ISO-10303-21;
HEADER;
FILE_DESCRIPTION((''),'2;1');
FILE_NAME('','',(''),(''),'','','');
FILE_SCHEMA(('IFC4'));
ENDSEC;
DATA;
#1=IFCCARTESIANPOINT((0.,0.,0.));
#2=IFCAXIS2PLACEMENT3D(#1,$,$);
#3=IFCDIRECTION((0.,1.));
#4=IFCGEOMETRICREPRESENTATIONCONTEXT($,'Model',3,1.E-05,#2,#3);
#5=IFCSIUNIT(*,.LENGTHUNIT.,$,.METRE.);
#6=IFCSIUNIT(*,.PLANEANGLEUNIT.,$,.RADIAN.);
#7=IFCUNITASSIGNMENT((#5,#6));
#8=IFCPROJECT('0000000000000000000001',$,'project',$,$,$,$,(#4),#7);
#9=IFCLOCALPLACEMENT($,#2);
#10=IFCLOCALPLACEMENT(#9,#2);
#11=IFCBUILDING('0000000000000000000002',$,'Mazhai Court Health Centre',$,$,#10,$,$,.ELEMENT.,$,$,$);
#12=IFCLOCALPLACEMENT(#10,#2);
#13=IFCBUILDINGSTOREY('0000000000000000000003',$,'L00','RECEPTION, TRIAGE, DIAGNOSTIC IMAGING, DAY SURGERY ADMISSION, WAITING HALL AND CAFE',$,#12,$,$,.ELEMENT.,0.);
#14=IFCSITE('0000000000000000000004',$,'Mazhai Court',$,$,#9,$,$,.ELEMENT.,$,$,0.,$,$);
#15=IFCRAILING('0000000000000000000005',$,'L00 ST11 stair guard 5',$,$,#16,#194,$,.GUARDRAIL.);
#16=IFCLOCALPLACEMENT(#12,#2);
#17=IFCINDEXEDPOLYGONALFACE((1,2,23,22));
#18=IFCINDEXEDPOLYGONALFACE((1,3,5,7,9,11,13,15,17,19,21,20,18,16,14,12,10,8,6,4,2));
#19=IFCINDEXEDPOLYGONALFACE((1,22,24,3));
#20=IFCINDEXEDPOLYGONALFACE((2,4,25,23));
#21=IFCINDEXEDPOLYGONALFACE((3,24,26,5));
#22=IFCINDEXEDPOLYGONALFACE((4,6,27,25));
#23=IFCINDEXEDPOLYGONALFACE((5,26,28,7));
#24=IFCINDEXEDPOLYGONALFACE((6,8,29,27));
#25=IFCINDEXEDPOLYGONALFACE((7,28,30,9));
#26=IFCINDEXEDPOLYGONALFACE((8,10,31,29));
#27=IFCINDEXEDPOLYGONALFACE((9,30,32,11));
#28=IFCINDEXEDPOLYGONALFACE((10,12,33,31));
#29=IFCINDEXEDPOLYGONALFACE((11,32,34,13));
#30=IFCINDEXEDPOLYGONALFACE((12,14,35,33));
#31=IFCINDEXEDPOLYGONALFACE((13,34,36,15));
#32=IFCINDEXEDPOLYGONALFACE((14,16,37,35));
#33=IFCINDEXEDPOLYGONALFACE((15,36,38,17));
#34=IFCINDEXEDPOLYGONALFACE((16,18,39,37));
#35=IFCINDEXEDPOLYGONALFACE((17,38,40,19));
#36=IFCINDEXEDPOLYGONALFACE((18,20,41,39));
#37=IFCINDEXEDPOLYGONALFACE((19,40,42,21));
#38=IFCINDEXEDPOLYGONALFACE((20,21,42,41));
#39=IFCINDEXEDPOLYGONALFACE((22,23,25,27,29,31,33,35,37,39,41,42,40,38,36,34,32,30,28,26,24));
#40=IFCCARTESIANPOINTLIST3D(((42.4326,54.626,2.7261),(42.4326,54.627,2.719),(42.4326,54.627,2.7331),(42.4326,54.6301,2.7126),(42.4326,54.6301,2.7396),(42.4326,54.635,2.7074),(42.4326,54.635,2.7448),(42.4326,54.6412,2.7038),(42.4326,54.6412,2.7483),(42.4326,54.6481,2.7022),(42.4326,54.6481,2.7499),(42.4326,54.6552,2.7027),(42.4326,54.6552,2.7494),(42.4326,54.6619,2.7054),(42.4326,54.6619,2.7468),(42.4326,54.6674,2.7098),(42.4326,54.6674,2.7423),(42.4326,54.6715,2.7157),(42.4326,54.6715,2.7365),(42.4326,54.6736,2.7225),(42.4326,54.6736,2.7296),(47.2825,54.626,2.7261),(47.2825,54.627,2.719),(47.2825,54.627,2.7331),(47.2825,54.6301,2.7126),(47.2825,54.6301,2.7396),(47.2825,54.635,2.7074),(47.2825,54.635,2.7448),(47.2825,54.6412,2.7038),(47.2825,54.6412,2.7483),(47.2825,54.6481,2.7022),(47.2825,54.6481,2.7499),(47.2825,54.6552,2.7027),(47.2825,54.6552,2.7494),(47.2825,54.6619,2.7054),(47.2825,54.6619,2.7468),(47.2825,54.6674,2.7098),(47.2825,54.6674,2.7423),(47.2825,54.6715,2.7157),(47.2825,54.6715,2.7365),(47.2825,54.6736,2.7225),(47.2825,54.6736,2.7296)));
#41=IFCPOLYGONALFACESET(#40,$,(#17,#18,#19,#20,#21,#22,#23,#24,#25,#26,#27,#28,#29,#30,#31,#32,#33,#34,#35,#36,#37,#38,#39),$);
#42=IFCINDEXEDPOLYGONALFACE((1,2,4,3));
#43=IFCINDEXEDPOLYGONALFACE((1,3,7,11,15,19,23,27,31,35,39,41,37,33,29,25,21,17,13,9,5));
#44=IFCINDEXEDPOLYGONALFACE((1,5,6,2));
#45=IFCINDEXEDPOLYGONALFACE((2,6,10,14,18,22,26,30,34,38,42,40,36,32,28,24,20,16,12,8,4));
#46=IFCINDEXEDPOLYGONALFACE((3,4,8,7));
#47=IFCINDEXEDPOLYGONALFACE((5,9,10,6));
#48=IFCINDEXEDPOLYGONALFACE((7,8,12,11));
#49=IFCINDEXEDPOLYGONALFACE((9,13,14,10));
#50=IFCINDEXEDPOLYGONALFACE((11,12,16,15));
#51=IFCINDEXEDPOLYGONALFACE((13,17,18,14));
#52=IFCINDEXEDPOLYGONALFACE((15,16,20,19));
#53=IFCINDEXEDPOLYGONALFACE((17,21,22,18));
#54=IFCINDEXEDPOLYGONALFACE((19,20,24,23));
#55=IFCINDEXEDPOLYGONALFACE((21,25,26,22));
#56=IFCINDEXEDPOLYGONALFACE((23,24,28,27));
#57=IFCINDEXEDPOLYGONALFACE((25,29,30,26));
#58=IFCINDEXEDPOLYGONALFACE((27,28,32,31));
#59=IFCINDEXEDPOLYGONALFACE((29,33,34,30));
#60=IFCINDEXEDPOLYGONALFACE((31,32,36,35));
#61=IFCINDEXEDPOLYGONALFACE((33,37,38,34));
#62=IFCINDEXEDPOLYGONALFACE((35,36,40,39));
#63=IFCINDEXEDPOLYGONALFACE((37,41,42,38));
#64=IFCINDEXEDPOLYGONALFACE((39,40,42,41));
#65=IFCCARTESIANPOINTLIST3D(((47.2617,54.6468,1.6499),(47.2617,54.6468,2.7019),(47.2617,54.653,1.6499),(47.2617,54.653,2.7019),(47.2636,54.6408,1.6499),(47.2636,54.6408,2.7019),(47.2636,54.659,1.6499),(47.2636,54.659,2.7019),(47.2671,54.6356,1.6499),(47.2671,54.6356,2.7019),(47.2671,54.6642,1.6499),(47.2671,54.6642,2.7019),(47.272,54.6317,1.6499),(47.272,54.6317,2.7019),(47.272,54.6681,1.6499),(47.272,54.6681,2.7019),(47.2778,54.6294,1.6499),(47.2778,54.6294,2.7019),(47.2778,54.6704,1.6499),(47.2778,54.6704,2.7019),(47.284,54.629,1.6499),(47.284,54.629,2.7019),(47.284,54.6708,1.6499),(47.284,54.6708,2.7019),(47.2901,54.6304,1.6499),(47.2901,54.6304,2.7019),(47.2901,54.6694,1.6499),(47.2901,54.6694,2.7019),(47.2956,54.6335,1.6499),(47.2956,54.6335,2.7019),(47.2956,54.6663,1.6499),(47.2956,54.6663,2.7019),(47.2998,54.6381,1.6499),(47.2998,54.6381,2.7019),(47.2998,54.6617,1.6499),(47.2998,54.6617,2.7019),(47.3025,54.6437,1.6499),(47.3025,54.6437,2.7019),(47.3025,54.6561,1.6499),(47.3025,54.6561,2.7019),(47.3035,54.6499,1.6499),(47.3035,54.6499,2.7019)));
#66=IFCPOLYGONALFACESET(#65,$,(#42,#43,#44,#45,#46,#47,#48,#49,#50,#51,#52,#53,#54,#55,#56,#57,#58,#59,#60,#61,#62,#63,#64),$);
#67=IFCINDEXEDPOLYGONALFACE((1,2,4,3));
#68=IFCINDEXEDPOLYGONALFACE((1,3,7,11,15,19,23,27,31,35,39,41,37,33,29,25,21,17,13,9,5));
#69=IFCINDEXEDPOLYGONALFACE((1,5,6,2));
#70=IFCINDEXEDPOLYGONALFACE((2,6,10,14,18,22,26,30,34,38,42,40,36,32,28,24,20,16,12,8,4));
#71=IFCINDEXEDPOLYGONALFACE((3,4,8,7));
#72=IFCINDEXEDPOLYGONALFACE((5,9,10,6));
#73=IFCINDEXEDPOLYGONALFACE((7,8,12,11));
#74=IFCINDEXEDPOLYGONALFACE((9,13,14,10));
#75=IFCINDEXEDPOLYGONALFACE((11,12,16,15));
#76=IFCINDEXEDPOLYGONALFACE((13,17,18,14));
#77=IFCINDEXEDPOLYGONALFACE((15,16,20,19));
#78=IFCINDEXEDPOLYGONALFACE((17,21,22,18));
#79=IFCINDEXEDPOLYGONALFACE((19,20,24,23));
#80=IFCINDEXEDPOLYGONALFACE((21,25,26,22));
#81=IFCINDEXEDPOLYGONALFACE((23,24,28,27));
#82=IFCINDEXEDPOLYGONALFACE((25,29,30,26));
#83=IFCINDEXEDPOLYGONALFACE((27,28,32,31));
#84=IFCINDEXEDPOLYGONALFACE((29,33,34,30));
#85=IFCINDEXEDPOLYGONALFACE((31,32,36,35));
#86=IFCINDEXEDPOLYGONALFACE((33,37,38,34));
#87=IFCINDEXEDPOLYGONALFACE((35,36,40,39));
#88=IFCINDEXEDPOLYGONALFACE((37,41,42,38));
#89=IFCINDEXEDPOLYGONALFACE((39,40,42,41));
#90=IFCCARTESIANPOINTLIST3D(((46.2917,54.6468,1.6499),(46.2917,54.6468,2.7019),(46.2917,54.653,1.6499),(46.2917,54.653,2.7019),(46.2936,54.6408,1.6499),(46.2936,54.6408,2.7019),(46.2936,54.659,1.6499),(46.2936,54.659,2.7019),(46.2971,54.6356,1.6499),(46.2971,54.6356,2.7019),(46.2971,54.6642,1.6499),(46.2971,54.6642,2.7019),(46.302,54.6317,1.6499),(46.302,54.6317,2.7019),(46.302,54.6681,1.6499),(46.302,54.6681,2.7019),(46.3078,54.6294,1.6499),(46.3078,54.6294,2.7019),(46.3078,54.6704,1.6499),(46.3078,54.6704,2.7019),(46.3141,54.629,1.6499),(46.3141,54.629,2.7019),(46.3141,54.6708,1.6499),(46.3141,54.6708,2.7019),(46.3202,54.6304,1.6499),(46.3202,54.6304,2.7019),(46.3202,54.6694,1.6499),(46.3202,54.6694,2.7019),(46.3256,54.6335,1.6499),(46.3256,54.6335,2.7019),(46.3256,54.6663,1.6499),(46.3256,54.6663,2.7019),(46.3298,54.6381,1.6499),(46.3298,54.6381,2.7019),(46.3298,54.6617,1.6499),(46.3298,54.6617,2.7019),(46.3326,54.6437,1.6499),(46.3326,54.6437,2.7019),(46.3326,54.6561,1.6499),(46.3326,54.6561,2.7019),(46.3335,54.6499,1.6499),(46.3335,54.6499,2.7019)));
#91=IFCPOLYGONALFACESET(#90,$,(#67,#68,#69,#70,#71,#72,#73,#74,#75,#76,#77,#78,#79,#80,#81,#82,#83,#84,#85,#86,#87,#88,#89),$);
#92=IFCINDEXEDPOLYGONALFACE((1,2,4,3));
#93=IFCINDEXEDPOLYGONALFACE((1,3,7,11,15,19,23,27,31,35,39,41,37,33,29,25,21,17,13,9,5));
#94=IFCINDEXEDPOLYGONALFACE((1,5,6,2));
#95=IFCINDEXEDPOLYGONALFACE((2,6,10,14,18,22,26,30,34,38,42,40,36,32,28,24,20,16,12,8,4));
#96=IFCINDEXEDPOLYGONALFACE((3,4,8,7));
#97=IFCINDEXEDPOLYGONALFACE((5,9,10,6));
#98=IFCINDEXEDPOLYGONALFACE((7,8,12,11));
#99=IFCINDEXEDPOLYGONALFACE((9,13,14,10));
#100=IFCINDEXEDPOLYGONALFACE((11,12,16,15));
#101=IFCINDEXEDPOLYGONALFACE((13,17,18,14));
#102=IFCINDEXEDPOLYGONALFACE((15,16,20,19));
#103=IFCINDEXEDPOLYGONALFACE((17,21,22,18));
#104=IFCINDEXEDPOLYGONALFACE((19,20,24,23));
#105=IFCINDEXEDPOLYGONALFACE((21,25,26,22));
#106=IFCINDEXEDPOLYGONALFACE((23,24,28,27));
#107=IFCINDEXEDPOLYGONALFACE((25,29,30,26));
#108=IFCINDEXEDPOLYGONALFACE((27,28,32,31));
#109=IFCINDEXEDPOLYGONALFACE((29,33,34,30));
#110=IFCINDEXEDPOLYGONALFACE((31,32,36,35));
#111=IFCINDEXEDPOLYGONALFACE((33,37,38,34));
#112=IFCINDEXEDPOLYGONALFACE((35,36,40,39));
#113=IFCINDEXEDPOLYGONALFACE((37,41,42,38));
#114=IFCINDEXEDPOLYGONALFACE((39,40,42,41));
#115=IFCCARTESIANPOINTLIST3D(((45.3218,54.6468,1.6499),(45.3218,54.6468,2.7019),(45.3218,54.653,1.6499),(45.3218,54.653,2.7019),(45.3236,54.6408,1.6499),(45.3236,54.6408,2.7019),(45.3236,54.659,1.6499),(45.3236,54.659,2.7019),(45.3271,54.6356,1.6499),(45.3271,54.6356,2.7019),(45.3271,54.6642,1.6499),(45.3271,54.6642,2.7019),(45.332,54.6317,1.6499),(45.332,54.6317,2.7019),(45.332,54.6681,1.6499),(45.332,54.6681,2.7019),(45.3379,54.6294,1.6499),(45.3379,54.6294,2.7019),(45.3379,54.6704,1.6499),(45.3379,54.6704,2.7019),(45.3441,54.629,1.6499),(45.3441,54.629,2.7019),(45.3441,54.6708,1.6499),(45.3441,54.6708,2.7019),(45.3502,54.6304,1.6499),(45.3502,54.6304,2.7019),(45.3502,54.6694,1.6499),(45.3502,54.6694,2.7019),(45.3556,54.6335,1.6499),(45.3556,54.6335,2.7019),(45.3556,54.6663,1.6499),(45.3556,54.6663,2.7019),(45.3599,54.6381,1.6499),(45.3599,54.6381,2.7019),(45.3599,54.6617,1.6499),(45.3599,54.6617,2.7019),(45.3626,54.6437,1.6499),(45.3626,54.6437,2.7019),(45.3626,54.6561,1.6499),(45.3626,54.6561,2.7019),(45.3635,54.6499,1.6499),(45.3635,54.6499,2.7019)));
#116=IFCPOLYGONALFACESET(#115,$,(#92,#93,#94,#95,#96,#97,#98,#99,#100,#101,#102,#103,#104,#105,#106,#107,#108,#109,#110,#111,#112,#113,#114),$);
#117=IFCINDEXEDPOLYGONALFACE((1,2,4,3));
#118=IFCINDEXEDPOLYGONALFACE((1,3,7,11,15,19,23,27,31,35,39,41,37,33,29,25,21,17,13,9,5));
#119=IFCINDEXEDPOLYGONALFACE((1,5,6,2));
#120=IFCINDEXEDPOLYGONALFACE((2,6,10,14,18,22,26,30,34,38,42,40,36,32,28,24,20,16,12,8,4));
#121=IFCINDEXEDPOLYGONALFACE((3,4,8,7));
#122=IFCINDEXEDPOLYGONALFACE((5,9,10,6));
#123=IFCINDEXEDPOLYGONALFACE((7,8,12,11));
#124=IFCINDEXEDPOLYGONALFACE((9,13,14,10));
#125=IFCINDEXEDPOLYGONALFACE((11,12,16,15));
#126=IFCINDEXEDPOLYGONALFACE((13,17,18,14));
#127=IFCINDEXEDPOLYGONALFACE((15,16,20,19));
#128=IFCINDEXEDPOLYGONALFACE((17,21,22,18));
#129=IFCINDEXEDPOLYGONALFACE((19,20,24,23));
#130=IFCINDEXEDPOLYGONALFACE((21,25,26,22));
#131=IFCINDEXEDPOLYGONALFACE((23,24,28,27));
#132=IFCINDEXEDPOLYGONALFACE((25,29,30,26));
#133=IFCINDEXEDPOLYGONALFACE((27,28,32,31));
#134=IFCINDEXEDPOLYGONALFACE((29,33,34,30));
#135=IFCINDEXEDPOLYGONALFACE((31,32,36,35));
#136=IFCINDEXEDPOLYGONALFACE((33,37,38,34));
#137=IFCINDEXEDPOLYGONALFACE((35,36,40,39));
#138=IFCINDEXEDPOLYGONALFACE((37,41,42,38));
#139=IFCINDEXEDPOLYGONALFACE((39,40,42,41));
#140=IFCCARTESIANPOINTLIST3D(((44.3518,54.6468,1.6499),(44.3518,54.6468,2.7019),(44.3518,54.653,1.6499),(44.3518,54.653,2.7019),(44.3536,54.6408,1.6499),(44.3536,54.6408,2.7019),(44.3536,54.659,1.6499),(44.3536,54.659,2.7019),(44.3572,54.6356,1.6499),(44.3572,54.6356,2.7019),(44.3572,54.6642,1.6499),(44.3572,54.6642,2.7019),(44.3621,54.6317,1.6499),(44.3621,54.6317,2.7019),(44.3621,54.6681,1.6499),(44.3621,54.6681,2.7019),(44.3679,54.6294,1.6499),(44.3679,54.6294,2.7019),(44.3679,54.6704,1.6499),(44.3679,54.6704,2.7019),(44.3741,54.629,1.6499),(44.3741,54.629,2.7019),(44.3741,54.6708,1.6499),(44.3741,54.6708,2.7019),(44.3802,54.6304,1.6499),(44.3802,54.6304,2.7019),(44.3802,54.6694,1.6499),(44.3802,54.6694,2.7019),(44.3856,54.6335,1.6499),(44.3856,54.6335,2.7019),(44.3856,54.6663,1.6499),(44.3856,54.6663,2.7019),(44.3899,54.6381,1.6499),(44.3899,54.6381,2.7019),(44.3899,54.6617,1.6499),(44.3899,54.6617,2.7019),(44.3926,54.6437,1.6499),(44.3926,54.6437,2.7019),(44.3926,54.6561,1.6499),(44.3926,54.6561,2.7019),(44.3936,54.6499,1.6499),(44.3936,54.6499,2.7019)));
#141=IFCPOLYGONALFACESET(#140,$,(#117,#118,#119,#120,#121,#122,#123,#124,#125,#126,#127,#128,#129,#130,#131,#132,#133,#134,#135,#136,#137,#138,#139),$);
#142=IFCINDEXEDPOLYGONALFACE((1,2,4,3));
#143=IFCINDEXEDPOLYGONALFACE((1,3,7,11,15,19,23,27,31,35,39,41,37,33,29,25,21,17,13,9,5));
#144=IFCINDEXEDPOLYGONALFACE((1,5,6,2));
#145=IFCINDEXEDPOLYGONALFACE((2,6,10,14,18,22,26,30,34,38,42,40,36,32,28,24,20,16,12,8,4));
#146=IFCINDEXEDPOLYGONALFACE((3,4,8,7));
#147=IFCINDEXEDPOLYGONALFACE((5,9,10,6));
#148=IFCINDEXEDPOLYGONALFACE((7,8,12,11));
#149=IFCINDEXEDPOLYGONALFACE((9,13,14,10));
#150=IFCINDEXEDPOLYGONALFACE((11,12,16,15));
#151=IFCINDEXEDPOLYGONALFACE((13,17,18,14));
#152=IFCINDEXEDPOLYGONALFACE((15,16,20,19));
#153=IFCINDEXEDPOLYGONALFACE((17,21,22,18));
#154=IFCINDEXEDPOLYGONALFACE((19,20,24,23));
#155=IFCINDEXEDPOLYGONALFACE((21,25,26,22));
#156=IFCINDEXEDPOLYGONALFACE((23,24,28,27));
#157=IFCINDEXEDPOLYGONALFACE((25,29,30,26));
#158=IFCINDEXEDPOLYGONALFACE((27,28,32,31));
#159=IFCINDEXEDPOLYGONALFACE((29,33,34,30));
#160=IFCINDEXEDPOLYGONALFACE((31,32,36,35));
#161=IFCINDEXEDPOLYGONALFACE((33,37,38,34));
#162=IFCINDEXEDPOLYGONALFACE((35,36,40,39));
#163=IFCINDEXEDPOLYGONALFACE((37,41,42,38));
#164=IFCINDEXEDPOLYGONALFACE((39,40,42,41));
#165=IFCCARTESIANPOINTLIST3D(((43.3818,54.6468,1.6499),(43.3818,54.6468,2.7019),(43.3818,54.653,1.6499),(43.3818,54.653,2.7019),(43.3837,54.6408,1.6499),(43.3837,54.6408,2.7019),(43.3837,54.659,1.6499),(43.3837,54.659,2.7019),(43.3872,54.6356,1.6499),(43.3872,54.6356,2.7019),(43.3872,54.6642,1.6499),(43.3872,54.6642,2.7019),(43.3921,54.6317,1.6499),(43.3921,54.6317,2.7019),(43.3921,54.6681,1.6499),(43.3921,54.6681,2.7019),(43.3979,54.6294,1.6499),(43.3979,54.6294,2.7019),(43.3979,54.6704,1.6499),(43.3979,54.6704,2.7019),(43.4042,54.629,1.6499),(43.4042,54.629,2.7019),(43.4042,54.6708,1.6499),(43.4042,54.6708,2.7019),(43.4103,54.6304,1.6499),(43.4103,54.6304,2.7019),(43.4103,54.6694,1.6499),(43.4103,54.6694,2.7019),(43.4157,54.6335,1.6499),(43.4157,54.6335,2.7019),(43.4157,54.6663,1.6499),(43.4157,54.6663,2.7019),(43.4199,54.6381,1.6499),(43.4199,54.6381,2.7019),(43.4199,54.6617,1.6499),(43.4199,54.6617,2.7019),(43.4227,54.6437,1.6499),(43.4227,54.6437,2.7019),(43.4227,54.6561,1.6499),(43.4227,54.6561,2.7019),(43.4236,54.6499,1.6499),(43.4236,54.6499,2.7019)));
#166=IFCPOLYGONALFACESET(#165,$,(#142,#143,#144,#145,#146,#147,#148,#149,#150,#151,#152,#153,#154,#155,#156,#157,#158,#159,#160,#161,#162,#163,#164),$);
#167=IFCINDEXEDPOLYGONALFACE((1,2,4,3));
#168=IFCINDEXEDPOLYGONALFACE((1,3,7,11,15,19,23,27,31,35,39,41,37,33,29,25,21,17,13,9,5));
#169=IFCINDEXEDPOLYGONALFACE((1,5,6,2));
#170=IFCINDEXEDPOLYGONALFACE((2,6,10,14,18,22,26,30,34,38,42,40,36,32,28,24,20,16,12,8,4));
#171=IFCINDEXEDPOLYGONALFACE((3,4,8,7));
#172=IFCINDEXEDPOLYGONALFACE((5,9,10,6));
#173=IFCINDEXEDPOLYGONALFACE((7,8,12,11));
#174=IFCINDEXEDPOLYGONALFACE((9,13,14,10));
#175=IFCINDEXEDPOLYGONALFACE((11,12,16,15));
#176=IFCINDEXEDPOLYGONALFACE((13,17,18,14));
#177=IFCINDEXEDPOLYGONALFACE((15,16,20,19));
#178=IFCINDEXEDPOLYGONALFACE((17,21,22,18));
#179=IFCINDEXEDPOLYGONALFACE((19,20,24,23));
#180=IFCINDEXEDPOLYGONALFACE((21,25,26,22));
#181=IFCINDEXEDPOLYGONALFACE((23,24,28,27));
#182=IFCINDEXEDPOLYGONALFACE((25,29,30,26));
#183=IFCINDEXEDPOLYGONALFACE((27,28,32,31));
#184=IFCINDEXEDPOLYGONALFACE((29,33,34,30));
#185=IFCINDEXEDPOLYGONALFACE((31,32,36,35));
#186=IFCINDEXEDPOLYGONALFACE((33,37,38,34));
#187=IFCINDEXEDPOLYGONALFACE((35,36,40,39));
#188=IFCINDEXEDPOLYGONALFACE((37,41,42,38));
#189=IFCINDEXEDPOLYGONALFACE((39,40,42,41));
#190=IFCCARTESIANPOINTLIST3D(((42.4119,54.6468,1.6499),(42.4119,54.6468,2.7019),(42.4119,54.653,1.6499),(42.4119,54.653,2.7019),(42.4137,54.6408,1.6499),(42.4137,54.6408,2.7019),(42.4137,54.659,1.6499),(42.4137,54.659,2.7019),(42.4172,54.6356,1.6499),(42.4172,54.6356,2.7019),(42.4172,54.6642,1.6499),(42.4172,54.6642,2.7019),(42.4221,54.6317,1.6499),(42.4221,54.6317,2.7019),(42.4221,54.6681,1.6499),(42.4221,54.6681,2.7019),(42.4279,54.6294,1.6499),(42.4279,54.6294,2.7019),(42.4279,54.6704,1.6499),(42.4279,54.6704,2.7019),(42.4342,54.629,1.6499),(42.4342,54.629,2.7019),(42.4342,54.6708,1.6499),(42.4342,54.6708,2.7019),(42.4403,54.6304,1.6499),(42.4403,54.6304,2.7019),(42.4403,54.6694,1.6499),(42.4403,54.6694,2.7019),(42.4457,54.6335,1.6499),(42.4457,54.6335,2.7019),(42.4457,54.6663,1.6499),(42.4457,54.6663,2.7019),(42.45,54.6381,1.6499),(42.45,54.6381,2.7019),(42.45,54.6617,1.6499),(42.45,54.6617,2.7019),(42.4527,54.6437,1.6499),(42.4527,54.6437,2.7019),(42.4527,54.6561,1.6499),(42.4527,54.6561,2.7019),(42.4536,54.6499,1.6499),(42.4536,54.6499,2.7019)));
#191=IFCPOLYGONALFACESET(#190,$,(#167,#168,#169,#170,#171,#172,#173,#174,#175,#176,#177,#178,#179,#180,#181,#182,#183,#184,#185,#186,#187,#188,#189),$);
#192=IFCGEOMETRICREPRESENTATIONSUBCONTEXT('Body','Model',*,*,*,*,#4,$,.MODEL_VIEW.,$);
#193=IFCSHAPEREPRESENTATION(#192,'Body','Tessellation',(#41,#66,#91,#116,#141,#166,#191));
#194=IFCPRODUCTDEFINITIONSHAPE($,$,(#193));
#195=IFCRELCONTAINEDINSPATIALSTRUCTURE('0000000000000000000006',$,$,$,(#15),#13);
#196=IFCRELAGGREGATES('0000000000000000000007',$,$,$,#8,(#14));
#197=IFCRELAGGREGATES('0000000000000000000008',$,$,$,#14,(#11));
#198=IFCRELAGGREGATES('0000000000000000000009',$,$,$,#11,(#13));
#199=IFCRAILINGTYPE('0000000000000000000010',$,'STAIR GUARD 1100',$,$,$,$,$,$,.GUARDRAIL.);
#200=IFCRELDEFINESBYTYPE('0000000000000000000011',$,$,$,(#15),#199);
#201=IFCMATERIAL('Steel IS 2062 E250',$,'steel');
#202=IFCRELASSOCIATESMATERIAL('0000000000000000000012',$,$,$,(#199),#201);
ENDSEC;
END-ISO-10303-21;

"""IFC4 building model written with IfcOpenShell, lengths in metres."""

from ifc_helpers import new_model, si_unit, direction, frame, origin, origin_2d, place, context, subcontext, project, spatial, circle, extrude, material, type_object, element, save


model = new_model("IFC4")

# Units and contexts
model_context = context("Model", 3, precision=1e-05, world=origin(), true_north=direction((0.0, 1.0)))
body_context = subcontext(model_context, "Body", "Model", "MODEL_VIEW")
ifc_project = project(units=[si_unit("LENGTHUNIT", "METRE"), si_unit("PLANEANGLEUNIT", "RADIAN")], contexts=[model_context])

# Site, building, storey
site_placement = place(None, origin())
site = spatial("IfcSite", under=ifc_project, at=site_placement, Name="Mazhai Court", CompositionType="ELEMENT", RefElevation=0.0)
building_placement = place(site_placement, origin())
building = spatial("IfcBuilding", under=site, at=building_placement, Name="Mazhai Court Health Centre", CompositionType="ELEMENT")
storey_placement = place(building_placement, origin())
storey = spatial("IfcBuildingStorey", under=building, at=storey_placement, Name="L00", Description="RECEPTION, TRIAGE, DIAGNOSTIC IMAGING, DAY SURGERY ADMISSION, WAITING HALL AND CAFE", CompositionType="ELEMENT", Elevation=0.0)

# Railing
ifc_material_1 = material(Name="Steel IS 2062 E250", Category="steel")
railing_type_1 = type_object("IfcRailingType", Name="STAIR GUARD 1100", PredefinedType="GUARDRAIL", material=ifc_material_1)
railing_1_placement = place(storey_placement, frame((47.2825, 54.6499, 1.6499)))
element("IfcRailing", 1, at=railing_1_placement, inside=storey, type_object=railing_type_1, Name="L00 ST11 stair guard 5", PredefinedType="GUARDRAIL", context=body_context, shape_type="SweptSolid", body=[
    extrude(circle(Radius=0.0239, at=origin_2d()), frame((0.0, 0.0, 1.0762), z_axis=(-1.0, 0.0, 0.0), x_axis=(0.0, -1.0, 0.0)), (0.0, 0.0, 1.0), 4.8499),
    extrude(circle(Radius=0.021, at=origin_2d()), origin(), (0.0, 0.0, 1.0), 1.052),
    extrude(circle(Radius=0.021, at=origin_2d()), frame((-0.97, 0.0, 0.0)), (0.0, 0.0, 1.0), 1.052),
    extrude(circle(Radius=0.021, at=origin_2d()), frame((-1.9399, 0.0, 0.0)), (0.0, 0.0, 1.0), 1.052),
    extrude(circle(Radius=0.021, at=origin_2d()), frame((-2.9099, 0.0, 0.0)), (0.0, 0.0, 1.0), 1.052),
    extrude(circle(Radius=0.021, at=origin_2d()), frame((-3.8799, 0.0, 0.0)), (0.0, 0.0, 1.0), 1.052),
    extrude(circle(Radius=0.021, at=origin_2d()), frame((-4.8499, 0.0, 0.0)), (0.0, 0.0, 1.0), 1.052),
])

save(model, "model.ifc")
